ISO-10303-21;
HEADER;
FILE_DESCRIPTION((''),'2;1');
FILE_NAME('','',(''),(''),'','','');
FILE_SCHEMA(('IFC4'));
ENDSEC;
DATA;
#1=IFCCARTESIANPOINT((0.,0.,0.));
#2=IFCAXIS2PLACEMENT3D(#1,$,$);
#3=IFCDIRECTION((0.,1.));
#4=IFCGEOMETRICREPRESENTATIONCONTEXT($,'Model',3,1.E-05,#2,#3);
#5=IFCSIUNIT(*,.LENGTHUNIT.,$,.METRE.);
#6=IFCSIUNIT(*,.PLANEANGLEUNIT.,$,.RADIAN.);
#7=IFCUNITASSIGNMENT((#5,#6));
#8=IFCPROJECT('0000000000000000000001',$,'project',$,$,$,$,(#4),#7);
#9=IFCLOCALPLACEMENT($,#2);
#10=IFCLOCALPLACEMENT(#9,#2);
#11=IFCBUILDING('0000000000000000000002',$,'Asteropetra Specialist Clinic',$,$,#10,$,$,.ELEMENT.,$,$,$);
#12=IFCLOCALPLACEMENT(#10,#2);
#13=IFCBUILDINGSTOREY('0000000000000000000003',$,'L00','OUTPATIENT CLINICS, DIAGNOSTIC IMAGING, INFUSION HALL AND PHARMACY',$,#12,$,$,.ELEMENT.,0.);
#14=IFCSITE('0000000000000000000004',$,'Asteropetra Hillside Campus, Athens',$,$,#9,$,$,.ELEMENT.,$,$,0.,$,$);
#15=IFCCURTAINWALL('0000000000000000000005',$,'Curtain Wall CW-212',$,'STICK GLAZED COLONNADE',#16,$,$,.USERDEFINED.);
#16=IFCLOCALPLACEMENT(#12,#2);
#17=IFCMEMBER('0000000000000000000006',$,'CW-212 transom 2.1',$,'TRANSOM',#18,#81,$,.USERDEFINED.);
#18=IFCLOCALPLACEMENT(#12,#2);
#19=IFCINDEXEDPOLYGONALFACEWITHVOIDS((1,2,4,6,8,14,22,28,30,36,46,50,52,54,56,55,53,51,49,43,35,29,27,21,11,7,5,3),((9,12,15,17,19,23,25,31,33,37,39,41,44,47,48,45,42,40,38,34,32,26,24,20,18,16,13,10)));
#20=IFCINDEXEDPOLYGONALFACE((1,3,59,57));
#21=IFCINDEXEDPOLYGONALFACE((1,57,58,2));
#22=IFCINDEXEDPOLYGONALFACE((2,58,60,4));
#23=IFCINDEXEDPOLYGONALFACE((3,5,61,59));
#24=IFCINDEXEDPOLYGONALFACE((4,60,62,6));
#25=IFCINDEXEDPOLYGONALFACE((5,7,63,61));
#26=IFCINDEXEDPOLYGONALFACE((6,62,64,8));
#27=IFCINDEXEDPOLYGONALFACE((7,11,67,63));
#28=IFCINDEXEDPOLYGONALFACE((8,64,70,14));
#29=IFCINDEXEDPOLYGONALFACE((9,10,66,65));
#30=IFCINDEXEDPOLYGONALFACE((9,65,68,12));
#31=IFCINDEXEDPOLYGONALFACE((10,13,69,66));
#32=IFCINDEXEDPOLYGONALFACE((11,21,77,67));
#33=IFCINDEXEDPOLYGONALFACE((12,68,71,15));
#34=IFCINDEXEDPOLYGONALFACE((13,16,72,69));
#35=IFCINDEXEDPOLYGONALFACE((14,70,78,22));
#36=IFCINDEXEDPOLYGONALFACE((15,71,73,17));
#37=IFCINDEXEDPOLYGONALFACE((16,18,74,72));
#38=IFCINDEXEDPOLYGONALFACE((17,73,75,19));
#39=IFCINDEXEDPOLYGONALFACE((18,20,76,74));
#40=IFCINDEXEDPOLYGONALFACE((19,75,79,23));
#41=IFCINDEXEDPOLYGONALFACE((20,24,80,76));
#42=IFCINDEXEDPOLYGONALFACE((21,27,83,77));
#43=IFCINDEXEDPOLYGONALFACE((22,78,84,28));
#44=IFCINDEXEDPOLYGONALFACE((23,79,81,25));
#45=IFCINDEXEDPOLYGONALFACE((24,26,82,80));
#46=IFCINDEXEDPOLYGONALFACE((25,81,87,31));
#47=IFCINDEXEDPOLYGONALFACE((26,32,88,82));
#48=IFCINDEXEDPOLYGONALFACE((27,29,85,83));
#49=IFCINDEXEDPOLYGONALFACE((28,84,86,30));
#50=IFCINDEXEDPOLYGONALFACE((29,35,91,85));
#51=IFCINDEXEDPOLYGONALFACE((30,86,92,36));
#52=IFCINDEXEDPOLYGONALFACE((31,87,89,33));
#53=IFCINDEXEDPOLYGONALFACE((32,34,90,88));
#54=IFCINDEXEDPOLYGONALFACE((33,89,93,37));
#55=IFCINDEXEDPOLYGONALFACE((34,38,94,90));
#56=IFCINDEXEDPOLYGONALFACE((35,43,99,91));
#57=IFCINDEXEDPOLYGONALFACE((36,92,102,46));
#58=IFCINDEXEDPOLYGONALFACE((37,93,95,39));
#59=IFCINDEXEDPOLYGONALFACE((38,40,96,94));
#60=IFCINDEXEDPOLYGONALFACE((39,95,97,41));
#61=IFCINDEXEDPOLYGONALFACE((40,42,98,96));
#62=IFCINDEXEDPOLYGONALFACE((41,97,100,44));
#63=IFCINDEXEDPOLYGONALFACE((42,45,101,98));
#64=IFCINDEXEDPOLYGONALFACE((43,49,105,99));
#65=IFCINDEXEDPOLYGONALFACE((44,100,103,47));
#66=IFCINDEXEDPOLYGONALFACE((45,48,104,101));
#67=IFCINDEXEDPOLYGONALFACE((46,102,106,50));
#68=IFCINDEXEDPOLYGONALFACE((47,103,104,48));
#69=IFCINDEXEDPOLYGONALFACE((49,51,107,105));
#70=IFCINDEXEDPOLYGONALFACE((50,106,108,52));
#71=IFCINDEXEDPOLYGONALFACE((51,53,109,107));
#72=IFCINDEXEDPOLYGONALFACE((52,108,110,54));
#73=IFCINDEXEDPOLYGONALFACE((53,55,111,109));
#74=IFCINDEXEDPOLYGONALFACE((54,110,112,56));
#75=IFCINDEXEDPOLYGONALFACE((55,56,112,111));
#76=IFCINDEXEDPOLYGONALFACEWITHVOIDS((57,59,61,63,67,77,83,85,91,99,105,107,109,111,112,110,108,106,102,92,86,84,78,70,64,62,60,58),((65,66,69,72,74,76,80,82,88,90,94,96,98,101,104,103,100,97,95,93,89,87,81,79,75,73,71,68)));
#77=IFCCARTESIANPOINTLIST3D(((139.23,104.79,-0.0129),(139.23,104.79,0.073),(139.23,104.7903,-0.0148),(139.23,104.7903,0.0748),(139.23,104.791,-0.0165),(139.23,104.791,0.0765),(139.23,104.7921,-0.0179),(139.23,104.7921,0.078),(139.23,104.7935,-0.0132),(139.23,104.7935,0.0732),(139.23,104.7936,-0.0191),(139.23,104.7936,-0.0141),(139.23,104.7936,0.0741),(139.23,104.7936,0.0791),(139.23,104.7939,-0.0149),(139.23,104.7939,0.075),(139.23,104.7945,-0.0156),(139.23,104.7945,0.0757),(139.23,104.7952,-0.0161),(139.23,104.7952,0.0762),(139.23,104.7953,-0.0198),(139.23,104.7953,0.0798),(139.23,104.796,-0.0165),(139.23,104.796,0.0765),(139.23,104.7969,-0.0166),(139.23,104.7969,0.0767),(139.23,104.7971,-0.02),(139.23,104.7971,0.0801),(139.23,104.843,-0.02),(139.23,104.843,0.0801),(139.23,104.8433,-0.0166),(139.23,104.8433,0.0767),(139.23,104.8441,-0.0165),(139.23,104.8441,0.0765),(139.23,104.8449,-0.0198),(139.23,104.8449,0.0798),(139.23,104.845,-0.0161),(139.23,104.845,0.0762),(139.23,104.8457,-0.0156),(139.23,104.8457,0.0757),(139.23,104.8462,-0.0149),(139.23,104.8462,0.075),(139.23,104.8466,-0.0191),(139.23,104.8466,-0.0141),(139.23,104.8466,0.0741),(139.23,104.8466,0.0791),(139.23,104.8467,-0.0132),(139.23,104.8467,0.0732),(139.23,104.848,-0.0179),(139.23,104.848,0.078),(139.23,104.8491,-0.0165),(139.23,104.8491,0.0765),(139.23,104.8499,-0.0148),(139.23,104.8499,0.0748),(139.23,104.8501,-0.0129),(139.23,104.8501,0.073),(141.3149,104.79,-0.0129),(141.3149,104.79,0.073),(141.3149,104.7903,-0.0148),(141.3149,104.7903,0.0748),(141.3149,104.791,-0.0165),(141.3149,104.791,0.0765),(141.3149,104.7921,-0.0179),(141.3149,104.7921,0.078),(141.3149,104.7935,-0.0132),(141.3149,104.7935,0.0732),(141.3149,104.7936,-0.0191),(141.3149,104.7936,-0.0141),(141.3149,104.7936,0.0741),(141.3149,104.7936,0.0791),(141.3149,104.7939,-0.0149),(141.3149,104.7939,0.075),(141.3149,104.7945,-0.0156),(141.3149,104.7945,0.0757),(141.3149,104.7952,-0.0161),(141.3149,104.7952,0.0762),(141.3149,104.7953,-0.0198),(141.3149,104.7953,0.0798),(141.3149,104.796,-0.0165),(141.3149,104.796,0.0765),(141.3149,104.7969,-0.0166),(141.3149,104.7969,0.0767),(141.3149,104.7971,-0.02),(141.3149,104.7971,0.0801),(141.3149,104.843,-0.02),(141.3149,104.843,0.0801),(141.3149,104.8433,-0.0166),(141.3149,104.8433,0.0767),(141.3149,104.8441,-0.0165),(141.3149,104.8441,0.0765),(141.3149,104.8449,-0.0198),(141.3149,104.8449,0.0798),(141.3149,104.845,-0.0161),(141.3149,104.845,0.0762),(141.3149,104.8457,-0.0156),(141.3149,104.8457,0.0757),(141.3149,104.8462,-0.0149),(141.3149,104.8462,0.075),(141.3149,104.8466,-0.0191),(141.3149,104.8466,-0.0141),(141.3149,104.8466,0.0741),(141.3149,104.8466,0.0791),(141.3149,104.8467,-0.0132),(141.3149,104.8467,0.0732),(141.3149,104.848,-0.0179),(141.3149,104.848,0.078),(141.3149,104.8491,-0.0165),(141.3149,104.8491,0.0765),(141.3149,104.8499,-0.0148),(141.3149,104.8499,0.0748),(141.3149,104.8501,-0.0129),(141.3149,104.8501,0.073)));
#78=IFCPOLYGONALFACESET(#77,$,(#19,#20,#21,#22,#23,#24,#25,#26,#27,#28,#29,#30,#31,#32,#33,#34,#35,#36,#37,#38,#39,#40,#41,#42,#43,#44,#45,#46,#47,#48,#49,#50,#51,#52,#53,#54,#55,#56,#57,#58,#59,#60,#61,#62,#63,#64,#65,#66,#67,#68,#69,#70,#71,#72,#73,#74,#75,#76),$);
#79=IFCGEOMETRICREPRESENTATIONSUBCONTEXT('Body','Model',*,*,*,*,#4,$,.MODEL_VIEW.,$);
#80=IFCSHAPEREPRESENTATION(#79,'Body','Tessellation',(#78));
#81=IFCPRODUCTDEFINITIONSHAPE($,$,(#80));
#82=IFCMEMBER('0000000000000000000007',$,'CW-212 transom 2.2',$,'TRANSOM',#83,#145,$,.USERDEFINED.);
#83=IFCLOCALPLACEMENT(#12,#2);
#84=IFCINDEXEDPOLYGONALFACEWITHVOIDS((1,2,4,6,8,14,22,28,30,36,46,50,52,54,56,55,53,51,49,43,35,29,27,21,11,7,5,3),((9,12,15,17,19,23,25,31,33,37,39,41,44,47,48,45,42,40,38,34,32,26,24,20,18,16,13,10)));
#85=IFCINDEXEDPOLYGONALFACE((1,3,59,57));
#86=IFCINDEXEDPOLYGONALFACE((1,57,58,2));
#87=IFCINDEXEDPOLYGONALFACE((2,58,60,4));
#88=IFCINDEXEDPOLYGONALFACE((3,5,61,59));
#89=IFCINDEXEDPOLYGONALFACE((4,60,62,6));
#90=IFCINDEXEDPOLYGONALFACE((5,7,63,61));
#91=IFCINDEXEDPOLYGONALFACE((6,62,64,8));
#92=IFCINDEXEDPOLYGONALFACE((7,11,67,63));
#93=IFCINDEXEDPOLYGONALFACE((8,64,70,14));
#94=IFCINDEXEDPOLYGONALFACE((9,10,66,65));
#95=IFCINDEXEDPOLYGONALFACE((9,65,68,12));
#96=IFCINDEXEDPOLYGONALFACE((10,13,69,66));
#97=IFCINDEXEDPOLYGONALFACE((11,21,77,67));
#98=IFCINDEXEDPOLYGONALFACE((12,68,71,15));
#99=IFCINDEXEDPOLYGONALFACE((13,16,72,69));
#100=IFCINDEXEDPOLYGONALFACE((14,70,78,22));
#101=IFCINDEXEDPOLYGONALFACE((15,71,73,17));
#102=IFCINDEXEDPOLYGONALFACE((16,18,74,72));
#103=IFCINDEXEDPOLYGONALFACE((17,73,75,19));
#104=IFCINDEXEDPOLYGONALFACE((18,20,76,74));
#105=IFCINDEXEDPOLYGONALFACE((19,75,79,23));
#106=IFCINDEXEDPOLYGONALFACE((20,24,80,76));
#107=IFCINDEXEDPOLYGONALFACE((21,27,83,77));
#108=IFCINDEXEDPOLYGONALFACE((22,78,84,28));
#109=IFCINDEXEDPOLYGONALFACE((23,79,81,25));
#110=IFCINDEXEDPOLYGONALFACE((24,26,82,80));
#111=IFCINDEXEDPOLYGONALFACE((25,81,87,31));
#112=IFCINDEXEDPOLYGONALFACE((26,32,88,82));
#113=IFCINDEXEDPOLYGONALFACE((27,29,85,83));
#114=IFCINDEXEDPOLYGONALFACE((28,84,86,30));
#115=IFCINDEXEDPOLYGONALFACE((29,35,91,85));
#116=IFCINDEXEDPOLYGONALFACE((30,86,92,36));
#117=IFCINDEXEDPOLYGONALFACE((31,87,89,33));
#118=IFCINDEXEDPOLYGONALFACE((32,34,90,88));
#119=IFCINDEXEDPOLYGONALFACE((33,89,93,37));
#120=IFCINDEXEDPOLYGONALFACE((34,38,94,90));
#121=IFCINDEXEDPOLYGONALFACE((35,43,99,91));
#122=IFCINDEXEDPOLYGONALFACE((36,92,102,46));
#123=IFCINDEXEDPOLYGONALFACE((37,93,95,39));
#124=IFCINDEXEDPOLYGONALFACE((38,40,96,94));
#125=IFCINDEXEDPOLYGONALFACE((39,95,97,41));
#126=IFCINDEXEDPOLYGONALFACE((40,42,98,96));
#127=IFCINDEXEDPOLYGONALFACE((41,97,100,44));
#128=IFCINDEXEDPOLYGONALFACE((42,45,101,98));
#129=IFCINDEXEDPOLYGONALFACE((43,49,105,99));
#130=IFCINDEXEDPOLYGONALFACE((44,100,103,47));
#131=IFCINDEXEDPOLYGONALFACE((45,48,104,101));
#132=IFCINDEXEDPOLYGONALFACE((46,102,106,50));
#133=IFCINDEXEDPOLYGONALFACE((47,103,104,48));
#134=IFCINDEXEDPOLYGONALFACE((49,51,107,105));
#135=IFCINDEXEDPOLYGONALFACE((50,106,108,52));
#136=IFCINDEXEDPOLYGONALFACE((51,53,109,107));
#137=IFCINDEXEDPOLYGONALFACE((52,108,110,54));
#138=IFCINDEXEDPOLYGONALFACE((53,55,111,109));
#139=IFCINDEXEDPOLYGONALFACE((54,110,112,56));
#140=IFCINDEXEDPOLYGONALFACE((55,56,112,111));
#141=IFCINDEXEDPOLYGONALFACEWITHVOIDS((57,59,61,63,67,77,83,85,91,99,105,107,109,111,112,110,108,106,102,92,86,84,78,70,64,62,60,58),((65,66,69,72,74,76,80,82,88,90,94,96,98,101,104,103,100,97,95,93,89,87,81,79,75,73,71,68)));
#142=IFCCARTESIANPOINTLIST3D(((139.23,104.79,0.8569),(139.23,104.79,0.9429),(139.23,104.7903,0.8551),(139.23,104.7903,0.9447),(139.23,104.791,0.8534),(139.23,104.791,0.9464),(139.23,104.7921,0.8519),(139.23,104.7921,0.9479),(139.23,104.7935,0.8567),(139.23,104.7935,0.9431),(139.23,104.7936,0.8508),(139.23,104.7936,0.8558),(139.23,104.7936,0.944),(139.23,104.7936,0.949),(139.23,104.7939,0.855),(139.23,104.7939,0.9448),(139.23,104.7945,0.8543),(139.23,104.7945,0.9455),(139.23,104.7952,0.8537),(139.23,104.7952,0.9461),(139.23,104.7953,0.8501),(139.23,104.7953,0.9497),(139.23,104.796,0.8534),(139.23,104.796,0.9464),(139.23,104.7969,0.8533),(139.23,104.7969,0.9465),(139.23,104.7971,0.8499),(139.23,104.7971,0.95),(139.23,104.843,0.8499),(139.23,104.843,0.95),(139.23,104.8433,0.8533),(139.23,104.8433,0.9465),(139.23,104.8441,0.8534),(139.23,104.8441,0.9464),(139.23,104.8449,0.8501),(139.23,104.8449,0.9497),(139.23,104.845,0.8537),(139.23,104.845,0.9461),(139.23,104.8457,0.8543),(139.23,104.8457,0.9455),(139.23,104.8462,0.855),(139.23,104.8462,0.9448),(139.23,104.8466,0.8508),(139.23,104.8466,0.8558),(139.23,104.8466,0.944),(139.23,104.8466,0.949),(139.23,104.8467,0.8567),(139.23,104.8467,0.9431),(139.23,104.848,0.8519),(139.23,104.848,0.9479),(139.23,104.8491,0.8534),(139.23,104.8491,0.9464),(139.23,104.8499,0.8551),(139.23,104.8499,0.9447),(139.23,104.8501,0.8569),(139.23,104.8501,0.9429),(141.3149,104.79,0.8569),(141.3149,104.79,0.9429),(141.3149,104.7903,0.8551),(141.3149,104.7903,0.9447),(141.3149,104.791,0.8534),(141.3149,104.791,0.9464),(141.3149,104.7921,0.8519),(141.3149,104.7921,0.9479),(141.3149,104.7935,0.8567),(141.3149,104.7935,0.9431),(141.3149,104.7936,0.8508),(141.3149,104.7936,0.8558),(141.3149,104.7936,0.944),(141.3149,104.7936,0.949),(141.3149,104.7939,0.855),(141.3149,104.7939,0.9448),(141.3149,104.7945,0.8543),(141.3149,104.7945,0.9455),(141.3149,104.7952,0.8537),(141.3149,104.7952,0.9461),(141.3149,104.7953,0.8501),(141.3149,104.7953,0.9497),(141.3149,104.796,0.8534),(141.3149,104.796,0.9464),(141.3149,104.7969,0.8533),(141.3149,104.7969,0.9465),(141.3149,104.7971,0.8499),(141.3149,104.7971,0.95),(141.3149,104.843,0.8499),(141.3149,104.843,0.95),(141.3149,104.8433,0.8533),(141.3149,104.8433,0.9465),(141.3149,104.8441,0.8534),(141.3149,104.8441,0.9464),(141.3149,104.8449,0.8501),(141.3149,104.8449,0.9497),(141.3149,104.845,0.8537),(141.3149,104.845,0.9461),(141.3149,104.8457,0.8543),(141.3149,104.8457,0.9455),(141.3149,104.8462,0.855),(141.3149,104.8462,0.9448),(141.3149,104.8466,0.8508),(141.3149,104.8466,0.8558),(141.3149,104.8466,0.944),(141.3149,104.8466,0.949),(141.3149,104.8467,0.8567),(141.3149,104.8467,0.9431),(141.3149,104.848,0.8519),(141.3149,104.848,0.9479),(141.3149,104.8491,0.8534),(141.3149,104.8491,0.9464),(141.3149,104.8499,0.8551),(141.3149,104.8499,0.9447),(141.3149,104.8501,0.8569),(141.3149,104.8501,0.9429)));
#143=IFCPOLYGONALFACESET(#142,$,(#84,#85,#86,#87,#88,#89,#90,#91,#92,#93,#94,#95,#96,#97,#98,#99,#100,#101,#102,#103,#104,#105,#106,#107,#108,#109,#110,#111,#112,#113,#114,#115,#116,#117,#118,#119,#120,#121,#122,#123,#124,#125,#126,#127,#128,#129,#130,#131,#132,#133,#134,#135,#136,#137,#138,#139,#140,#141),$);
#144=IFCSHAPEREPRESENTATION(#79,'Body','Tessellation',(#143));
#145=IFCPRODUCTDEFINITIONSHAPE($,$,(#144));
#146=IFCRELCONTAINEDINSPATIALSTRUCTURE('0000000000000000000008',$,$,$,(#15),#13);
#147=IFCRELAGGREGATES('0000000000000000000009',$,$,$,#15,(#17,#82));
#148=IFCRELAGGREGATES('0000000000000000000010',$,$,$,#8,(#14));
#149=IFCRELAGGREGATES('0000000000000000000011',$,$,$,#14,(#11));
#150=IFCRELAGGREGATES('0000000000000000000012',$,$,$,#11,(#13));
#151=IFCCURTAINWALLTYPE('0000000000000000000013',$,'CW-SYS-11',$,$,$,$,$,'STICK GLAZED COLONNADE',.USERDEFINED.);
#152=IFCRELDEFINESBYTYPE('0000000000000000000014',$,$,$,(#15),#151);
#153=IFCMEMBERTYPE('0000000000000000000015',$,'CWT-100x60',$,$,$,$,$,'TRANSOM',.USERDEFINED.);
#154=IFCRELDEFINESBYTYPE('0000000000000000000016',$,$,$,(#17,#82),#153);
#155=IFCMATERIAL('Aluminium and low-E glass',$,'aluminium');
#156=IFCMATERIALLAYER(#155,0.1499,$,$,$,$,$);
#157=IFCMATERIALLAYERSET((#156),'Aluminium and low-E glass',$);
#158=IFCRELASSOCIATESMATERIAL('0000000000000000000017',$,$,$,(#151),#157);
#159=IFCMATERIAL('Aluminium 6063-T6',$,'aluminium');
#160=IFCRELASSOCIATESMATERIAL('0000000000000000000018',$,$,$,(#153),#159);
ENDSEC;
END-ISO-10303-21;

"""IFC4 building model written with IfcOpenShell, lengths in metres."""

from ifc_helpers import new_model, si_unit, direction, frame, origin, origin_2d, place, context, subcontext, project, spatial, hollow_rectangle, extrude, material, layer, layer_set, material_profile, profile_set, type_object, element, aggregate, save


model = new_model("IFC4")

# Units and contexts
model_context = context("Model", 3, precision=1e-05, world=origin(), true_north=direction((0.0, 1.0)))
body_context = subcontext(model_context, "Body", "Model", "MODEL_VIEW")
ifc_project = project(units=[si_unit("LENGTHUNIT", "METRE"), si_unit("PLANEANGLEUNIT", "RADIAN")], contexts=[model_context])

# Site, building, storey
site_placement = place(None, origin())
site = spatial("IfcSite", under=ifc_project, at=site_placement, Name="Asteropetra Hillside Campus, Athens", CompositionType="ELEMENT", RefElevation=0.0)
building_placement = place(site_placement, origin())
building = spatial("IfcBuilding", under=site, at=building_placement, Name="Asteropetra Specialist Clinic", CompositionType="ELEMENT")
storey_placement = place(building_placement, origin())
storey = spatial("IfcBuildingStorey", under=building, at=storey_placement, Name="L00", Description="OUTPATIENT CLINICS, DIAGNOSTIC IMAGING, INFUSION HALL AND PHARMACY", CompositionType="ELEMENT", Elevation=0.0)

# Curtain wall, members
ifc_material_1 = material(Name="Aluminium and low-E glass", Category="aluminium")
ifc_layer_1 = layer(ifc_material_1, 0.1499)
ifc_layer_set_1 = layer_set([ifc_layer_1], Name="Aluminium and low-E glass")
curtain_wall_type = type_object("IfcCurtainWallType", Name="CW-SYS-11", ElementType="STICK GLAZED COLONNADE", PredefinedType="USERDEFINED", material=ifc_layer_set_1)
curtain_wall_placement = place(storey_placement, origin())
curtain_wall = element("IfcCurtainWall", 1, at=curtain_wall_placement, inside=storey, type_object=curtain_wall_type, Name="Curtain Wall CW-212", ObjectType="STICK GLAZED COLONNADE", PredefinedType="USERDEFINED")
ifc_material_2 = material(Name="Aluminium 6063-T6", Category="aluminium")
ifc_material_profile_1 = material_profile(ifc_material_2, hollow_rectangle(XDim=0.0601, YDim=0.1001, WallThickness=0.0034, InnerFilletRadius=0.0034, OuterFilletRadius=0.0071, at=origin_2d()), Name="TRN 100x60x3.5")
ifc_profile_set_1 = profile_set([ifc_material_profile_1], Name="Aluminium 6063-T6")
member_type_1 = type_object("IfcMemberType", Name="CWT-100x60", ElementType="TRANSOM", PredefinedType="USERDEFINED", material=ifc_profile_set_1)
member_1_placement = place(storey_placement, frame((141.3149, 104.8201, 0.03), z_axis=(-1.0, 0.0, 0.0), x_axis=(0.0, -1.0, 0.0)))
member_1 = element("IfcMember", 2, at=member_1_placement, type_object=member_type_1, Name="CW-212 transom 2.1", ObjectType="TRANSOM", PredefinedType="USERDEFINED", context=body_context, shape_type="SweptSolid", body=[
    extrude(hollow_rectangle(XDim=0.0601, YDim=0.1001, WallThickness=0.0034, InnerFilletRadius=0.0034, OuterFilletRadius=0.0071, at=origin_2d()), origin(), (0.0, 0.0, 1.0), 2.085),
])
member_2_placement = place(storey_placement, frame((141.3149, 104.8201, 0.8999), z_axis=(-1.0, 0.0, 0.0), x_axis=(0.0, -1.0, 0.0)))
member_2 = element("IfcMember", 3, at=member_2_placement, type_object=member_type_1, Name="CW-212 transom 2.2", ObjectType="TRANSOM", PredefinedType="USERDEFINED", context=body_context, shape_type="SweptSolid", body=[
    extrude(hollow_rectangle(XDim=0.0601, YDim=0.1001, WallThickness=0.0034, InnerFilletRadius=0.0034, OuterFilletRadius=0.0071, at=origin_2d()), origin(), (0.0, 0.0, 1.0), 2.085),
])
aggregate(curtain_wall, [member_1, member_2])

save(model, "model.ifc")
